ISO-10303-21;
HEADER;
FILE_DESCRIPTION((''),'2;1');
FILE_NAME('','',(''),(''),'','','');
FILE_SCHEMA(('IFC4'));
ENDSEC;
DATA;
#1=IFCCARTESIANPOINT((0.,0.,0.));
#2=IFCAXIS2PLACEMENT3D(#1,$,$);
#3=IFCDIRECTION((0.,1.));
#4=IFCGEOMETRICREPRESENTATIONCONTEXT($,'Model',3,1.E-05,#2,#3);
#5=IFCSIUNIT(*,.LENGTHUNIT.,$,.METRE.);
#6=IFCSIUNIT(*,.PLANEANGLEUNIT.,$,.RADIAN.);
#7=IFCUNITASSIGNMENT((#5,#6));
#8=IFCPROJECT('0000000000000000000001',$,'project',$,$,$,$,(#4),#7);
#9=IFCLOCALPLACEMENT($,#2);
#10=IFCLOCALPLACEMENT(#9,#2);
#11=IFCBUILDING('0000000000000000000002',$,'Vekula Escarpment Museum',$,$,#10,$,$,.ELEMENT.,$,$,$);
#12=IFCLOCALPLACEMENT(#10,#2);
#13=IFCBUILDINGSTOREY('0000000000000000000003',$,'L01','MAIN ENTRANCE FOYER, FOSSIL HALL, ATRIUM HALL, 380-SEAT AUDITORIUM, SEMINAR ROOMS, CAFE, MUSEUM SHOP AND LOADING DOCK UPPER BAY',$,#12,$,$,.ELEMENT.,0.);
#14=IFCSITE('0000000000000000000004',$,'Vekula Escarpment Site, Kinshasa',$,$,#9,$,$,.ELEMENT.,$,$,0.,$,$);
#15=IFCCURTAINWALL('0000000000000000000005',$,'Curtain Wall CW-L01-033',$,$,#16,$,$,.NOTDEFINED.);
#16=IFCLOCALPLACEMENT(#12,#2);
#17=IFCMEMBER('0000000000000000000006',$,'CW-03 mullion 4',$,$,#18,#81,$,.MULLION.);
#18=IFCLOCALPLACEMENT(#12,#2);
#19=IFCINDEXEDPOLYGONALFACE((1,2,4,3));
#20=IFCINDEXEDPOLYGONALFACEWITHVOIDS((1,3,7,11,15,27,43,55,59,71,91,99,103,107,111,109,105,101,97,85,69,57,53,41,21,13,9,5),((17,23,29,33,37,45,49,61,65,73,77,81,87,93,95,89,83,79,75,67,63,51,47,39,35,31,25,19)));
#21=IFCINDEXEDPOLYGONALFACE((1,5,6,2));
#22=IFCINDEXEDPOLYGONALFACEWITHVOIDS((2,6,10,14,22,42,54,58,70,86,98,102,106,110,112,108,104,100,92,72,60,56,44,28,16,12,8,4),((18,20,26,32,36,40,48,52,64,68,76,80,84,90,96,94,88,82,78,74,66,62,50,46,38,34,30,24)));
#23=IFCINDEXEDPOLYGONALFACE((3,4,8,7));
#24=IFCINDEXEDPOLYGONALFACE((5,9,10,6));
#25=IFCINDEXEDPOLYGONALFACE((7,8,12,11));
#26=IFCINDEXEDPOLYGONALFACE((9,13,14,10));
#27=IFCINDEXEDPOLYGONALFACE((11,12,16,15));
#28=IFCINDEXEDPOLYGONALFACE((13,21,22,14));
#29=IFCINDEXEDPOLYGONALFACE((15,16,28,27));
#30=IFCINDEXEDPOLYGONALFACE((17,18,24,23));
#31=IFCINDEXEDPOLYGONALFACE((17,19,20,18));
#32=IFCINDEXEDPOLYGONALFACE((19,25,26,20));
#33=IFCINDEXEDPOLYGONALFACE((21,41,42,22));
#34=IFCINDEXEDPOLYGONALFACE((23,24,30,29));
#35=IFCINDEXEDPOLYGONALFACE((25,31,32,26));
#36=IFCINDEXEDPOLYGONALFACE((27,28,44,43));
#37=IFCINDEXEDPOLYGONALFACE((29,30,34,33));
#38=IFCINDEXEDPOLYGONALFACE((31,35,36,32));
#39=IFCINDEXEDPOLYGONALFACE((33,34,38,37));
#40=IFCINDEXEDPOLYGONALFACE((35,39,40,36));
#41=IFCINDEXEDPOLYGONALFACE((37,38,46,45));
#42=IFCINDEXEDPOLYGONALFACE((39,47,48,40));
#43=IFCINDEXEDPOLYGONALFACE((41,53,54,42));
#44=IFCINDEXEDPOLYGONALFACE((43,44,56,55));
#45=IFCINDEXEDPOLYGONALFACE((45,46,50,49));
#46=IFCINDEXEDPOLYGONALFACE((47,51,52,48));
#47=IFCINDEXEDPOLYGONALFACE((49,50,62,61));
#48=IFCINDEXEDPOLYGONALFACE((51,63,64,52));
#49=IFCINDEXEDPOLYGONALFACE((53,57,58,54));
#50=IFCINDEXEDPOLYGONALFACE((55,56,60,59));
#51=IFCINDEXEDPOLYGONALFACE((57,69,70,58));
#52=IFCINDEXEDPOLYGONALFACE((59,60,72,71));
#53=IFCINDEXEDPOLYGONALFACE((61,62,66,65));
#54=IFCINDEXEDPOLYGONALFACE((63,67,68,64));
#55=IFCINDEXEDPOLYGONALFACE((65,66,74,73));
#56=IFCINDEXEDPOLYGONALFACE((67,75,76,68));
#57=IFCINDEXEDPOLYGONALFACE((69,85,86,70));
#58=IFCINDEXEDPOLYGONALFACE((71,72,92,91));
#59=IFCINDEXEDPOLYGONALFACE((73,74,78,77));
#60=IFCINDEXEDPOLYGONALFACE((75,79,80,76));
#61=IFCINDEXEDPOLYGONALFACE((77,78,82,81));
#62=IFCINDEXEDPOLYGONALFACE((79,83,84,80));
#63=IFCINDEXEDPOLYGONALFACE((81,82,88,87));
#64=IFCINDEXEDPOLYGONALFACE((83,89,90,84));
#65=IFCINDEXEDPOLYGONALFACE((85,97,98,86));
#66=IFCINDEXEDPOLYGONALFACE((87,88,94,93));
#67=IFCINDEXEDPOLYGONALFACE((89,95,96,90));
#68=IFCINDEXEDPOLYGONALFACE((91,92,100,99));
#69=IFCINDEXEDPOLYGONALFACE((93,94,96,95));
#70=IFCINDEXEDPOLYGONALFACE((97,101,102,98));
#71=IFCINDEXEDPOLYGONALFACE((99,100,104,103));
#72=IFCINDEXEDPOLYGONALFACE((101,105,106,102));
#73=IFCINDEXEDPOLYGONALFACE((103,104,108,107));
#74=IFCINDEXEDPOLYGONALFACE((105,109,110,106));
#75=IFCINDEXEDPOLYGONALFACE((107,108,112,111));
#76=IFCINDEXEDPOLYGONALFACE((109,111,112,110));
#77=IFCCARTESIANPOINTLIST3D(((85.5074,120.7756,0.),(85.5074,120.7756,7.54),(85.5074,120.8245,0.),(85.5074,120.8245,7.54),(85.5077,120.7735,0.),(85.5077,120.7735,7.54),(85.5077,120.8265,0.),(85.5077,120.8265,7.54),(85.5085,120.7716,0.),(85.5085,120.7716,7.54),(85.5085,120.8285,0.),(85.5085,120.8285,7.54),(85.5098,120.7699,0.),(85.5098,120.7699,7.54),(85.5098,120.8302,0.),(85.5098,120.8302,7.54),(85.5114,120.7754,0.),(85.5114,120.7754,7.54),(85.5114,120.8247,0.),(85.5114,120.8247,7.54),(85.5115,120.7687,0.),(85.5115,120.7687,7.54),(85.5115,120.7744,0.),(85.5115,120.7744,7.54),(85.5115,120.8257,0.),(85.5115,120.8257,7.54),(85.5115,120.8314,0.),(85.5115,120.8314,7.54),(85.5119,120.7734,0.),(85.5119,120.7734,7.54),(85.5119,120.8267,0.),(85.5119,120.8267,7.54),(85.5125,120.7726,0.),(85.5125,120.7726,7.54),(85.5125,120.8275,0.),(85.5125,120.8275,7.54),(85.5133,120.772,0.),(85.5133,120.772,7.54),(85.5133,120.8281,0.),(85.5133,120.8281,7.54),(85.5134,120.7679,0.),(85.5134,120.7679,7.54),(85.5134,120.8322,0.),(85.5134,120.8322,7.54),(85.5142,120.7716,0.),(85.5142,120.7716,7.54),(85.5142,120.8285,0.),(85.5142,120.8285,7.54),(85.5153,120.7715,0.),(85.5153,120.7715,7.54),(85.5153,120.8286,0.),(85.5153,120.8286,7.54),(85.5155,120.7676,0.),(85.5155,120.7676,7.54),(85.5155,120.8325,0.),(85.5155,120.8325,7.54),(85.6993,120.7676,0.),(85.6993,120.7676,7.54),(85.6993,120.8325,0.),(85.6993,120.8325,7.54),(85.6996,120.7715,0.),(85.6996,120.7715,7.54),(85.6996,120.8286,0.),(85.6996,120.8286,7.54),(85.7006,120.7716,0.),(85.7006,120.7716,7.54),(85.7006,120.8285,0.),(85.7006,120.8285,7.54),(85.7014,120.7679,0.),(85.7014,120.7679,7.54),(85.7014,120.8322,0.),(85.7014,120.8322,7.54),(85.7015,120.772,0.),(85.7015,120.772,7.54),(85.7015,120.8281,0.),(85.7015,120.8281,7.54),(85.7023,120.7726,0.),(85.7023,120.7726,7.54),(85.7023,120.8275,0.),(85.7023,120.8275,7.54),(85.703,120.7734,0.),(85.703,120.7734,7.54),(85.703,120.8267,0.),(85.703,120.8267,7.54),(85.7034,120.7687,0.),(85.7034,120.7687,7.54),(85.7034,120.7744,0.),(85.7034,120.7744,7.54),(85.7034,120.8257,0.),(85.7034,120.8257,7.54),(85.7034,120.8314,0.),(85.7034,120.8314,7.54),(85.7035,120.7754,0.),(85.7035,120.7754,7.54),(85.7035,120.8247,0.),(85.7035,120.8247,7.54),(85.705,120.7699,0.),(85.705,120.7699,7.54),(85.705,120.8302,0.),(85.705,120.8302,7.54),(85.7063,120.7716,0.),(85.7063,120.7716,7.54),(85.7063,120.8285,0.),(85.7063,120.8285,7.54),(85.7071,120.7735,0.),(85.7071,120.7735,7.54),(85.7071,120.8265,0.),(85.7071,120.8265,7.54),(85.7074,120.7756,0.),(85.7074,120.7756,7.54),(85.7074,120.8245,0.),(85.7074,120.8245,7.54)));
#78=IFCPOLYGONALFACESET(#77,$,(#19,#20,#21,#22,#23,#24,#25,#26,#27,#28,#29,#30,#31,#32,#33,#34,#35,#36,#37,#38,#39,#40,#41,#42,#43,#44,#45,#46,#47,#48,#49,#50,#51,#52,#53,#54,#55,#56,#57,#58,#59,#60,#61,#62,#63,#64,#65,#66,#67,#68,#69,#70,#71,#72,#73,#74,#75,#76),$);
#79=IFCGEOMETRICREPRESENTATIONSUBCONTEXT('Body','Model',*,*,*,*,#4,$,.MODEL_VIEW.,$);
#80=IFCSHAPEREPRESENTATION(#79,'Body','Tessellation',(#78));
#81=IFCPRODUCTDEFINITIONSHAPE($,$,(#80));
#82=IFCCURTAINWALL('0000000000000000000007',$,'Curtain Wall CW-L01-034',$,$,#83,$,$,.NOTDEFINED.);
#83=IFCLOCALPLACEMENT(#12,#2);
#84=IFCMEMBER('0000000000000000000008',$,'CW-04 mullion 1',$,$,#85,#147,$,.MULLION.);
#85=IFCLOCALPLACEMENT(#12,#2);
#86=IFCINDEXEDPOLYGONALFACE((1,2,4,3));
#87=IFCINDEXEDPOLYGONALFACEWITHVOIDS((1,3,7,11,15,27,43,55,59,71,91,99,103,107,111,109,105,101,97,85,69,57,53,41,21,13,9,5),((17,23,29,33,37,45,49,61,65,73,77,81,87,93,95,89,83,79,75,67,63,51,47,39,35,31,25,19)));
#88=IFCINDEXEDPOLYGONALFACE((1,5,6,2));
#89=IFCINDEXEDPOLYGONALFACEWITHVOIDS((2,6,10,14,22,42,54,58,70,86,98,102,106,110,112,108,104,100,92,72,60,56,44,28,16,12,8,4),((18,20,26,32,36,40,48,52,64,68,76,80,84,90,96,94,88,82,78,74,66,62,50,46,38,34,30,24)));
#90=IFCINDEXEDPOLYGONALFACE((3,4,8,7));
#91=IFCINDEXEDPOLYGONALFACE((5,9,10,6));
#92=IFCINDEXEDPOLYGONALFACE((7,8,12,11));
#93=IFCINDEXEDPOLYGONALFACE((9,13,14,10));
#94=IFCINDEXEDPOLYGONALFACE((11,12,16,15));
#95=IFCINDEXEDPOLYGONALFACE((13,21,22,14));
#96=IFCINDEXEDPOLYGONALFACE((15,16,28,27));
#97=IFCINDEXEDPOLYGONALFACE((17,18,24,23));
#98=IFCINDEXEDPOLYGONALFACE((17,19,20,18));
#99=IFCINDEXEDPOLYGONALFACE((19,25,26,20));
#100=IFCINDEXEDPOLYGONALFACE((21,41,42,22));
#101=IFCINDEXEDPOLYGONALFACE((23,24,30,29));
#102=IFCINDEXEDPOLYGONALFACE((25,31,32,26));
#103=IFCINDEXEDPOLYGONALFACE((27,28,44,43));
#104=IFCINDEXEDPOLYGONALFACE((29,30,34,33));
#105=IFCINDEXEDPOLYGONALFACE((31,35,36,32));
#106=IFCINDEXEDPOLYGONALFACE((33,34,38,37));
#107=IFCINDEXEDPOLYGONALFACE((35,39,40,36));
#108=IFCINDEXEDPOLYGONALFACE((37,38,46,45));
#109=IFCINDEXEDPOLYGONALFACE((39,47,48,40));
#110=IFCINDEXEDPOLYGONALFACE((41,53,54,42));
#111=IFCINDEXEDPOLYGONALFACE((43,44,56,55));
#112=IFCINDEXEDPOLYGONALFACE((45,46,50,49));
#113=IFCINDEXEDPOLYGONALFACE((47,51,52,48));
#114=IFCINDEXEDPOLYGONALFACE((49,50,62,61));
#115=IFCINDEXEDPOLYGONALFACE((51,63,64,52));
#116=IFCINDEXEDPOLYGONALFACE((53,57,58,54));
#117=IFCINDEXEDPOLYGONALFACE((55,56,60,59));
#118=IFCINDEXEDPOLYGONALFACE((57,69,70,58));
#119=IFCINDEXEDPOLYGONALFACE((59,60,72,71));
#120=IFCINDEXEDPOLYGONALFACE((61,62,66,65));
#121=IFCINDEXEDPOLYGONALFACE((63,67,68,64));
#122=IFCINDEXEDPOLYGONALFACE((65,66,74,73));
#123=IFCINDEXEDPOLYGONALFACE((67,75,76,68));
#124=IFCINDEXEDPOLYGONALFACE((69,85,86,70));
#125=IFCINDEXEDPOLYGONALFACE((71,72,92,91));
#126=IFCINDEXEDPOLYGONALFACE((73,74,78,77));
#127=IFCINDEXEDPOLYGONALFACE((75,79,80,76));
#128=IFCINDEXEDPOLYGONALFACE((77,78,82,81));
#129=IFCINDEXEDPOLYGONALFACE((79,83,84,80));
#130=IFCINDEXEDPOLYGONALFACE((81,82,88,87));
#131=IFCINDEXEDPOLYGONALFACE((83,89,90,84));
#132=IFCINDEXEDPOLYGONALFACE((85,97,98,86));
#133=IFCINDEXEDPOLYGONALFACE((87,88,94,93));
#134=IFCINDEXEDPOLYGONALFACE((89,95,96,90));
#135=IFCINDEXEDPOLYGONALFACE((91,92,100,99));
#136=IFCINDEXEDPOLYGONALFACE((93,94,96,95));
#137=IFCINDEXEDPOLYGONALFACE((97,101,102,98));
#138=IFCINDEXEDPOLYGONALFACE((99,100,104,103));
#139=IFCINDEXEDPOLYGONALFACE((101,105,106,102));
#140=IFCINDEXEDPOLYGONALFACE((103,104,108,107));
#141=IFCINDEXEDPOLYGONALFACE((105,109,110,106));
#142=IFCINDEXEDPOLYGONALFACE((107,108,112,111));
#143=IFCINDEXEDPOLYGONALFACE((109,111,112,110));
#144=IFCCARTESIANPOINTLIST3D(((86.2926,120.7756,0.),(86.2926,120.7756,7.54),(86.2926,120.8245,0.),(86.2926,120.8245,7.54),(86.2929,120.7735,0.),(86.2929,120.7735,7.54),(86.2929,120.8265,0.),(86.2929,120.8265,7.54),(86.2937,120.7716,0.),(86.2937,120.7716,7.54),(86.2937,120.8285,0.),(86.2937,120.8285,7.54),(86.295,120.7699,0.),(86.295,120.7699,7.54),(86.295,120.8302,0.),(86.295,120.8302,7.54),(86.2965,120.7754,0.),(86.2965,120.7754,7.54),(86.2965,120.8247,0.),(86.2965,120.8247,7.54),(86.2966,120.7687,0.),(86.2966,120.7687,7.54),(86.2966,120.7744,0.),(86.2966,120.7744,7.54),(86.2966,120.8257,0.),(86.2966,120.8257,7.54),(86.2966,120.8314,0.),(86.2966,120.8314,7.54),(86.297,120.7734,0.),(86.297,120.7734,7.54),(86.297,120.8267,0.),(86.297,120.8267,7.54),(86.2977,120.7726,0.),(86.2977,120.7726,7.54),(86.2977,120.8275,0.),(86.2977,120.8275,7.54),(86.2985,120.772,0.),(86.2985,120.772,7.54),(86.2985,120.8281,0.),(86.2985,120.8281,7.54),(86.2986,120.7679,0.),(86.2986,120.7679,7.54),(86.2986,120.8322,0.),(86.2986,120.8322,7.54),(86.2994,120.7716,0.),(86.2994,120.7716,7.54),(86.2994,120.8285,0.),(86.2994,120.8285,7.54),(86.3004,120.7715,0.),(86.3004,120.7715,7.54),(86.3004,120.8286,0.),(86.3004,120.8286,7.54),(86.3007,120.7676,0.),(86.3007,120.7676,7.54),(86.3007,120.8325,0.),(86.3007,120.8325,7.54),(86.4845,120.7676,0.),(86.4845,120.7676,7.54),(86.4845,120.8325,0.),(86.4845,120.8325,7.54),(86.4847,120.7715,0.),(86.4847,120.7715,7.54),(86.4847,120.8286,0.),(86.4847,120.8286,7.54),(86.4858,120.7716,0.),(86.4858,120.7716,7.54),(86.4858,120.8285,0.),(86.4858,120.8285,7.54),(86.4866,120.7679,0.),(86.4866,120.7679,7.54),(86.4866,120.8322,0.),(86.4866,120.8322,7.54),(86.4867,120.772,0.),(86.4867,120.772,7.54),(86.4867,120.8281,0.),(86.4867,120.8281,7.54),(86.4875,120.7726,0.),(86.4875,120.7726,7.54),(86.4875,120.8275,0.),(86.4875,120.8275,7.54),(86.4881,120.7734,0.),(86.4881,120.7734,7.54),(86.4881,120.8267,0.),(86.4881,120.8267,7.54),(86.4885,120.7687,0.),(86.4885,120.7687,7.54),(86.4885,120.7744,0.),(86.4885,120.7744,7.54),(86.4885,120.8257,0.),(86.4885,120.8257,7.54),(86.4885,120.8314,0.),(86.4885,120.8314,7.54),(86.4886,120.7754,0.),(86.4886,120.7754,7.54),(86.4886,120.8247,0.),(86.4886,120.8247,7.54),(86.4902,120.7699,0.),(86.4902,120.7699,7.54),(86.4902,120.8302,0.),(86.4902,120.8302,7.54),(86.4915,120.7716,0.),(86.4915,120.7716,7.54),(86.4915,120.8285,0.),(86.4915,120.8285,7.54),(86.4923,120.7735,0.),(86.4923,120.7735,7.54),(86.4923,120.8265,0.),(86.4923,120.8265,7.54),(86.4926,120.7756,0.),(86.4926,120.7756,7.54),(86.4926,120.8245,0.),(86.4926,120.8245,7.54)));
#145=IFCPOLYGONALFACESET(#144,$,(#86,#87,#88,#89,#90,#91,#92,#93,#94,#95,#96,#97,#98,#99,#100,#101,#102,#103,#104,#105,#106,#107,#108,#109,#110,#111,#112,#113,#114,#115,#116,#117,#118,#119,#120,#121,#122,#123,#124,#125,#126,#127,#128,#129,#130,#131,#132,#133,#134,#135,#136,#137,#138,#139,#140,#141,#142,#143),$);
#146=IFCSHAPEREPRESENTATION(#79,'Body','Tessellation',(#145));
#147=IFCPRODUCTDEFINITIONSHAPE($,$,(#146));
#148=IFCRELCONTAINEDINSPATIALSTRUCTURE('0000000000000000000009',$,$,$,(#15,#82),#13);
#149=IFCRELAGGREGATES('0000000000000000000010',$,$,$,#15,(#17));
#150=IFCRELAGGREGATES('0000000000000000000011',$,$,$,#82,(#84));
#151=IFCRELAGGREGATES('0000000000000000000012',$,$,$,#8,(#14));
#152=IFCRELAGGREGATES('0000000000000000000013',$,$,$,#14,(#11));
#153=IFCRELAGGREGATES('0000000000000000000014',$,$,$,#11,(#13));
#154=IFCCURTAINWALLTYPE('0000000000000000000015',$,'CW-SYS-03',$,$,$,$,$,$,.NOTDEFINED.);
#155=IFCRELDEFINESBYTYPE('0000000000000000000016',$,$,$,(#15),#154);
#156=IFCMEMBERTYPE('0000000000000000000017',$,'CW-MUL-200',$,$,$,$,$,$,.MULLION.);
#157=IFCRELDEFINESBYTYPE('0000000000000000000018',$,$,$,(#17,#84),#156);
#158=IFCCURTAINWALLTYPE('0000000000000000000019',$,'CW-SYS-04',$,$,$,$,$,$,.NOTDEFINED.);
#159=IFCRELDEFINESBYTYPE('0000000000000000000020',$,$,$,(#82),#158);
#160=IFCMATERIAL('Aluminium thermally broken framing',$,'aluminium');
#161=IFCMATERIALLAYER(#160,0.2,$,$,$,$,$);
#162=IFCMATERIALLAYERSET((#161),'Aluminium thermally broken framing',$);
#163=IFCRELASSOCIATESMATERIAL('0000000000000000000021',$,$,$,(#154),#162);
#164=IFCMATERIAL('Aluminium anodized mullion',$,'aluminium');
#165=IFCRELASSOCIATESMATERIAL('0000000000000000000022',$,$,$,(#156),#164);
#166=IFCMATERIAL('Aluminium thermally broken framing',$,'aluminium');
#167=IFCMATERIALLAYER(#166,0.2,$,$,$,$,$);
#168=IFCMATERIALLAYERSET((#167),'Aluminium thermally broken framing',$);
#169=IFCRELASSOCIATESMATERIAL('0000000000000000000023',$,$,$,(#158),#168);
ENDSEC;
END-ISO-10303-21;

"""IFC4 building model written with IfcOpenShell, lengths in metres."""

from ifc_helpers import new_model, si_unit, direction, frame, origin, origin_2d, place, context, subcontext, project, spatial, hollow_rectangle, extrude, material, layer, layer_set, material_profile, profile_set, type_object, element, aggregate, save


model = new_model("IFC4")

# Units and contexts
model_context = context("Model", 3, precision=1e-05, world=origin(), true_north=direction((0.0, 1.0)))
body_context = subcontext(model_context, "Body", "Model", "MODEL_VIEW")
ifc_project = project(units=[si_unit("LENGTHUNIT", "METRE"), si_unit("PLANEANGLEUNIT", "RADIAN")], contexts=[model_context])

# Site, building, storey
site_placement = place(None, origin())
site = spatial("IfcSite", under=ifc_project, at=site_placement, Name="Vekula Escarpment Site, Kinshasa", CompositionType="ELEMENT", RefElevation=0.0)
building_placement = place(site_placement, origin())
building = spatial("IfcBuilding", under=site, at=building_placement, Name="Vekula Escarpment Museum", CompositionType="ELEMENT")
storey_placement = place(building_placement, origin())
storey = spatial("IfcBuildingStorey", under=building, at=storey_placement, Name="L01", Description="MAIN ENTRANCE FOYER, FOSSIL HALL, ATRIUM HALL, 380-SEAT AUDITORIUM, SEMINAR ROOMS, CAFE, MUSEUM SHOP AND LOADING DOCK UPPER BAY", CompositionType="ELEMENT", Elevation=0.0)

# Curtain wall, member
ifc_material_1 = material(Name="Aluminium thermally broken framing", Category="aluminium")
ifc_layer_1 = layer(ifc_material_1, 0.2)
ifc_layer_set_1 = layer_set([ifc_layer_1], Name="Aluminium thermally broken framing")
curtain_wall_type_1 = type_object("IfcCurtainWallType", Name="CW-SYS-03", PredefinedType="NOTDEFINED", material=ifc_layer_set_1)
curtain_wall_1_placement = place(storey_placement, origin())
curtain_wall_1 = element("IfcCurtainWall", 1, at=curtain_wall_1_placement, inside=storey, type_object=curtain_wall_type_1, Name="Curtain Wall CW-L01-033", PredefinedType="NOTDEFINED")
ifc_material_2 = material(Name="Aluminium anodized mullion", Category="aluminium")
ifc_material_profile_1 = material_profile(ifc_material_2, hollow_rectangle(XDim=0.0649, YDim=0.2, WallThickness=0.0039, InnerFilletRadius=0.0039, OuterFilletRadius=0.0081, at=origin_2d()), Name="ALU 200x65x4")
ifc_profile_set_1 = profile_set([ifc_material_profile_1], Name="Aluminium anodized mullion")
member_type_1 = type_object("IfcMemberType", Name="CW-MUL-200", PredefinedType="MULLION", material=ifc_profile_set_1)
member_1_placement = place(storey_placement, frame((85.6074, 120.8, 0.0), z_axis=(0.0, 0.0, 1.0), x_axis=(0.0, 1.0, 0.0)))
member_1 = element("IfcMember", 2, at=member_1_placement, type_object=member_type_1, Name="CW-03 mullion 4", PredefinedType="MULLION", context=body_context, shape_type="SweptSolid", body=[
    extrude(hollow_rectangle(XDim=0.0649, YDim=0.2, WallThickness=0.0039, InnerFilletRadius=0.0039, OuterFilletRadius=0.0081, at=origin_2d()), origin(), (0.0, 0.0, 1.0), 7.54),
])

# Curtain wall, member
ifc_material_3 = material(Name="Aluminium thermally broken framing", Category="aluminium")
ifc_layer_2 = layer(ifc_material_3, 0.2)
ifc_layer_set_2 = layer_set([ifc_layer_2], Name="Aluminium thermally broken framing")
curtain_wall_type_2 = type_object("IfcCurtainWallType", Name="CW-SYS-04", PredefinedType="NOTDEFINED", material=ifc_layer_set_2)
curtain_wall_2_placement = place(storey_placement, origin())
curtain_wall_2 = element("IfcCurtainWall", 3, at=curtain_wall_2_placement, inside=storey, type_object=curtain_wall_type_2, Name="Curtain Wall CW-L01-034", PredefinedType="NOTDEFINED")
member_2_placement = place(storey_placement, frame((86.3926, 120.8, 0.0), z_axis=(0.0, 0.0, 1.0), x_axis=(0.0, 1.0, 0.0)))
member_2 = element("IfcMember", 4, at=member_2_placement, type_object=member_type_1, Name="CW-04 mullion 1", PredefinedType="MULLION", context=body_context, shape_type="SweptSolid", body=[
    extrude(hollow_rectangle(XDim=0.0649, YDim=0.2, WallThickness=0.0039, InnerFilletRadius=0.0039, OuterFilletRadius=0.0081, at=origin_2d()), origin(), (0.0, 0.0, 1.0), 7.54),
])

aggregate(curtain_wall_1, [member_1])
aggregate(curtain_wall_2, [member_2])

save(model, "model.ifc")
